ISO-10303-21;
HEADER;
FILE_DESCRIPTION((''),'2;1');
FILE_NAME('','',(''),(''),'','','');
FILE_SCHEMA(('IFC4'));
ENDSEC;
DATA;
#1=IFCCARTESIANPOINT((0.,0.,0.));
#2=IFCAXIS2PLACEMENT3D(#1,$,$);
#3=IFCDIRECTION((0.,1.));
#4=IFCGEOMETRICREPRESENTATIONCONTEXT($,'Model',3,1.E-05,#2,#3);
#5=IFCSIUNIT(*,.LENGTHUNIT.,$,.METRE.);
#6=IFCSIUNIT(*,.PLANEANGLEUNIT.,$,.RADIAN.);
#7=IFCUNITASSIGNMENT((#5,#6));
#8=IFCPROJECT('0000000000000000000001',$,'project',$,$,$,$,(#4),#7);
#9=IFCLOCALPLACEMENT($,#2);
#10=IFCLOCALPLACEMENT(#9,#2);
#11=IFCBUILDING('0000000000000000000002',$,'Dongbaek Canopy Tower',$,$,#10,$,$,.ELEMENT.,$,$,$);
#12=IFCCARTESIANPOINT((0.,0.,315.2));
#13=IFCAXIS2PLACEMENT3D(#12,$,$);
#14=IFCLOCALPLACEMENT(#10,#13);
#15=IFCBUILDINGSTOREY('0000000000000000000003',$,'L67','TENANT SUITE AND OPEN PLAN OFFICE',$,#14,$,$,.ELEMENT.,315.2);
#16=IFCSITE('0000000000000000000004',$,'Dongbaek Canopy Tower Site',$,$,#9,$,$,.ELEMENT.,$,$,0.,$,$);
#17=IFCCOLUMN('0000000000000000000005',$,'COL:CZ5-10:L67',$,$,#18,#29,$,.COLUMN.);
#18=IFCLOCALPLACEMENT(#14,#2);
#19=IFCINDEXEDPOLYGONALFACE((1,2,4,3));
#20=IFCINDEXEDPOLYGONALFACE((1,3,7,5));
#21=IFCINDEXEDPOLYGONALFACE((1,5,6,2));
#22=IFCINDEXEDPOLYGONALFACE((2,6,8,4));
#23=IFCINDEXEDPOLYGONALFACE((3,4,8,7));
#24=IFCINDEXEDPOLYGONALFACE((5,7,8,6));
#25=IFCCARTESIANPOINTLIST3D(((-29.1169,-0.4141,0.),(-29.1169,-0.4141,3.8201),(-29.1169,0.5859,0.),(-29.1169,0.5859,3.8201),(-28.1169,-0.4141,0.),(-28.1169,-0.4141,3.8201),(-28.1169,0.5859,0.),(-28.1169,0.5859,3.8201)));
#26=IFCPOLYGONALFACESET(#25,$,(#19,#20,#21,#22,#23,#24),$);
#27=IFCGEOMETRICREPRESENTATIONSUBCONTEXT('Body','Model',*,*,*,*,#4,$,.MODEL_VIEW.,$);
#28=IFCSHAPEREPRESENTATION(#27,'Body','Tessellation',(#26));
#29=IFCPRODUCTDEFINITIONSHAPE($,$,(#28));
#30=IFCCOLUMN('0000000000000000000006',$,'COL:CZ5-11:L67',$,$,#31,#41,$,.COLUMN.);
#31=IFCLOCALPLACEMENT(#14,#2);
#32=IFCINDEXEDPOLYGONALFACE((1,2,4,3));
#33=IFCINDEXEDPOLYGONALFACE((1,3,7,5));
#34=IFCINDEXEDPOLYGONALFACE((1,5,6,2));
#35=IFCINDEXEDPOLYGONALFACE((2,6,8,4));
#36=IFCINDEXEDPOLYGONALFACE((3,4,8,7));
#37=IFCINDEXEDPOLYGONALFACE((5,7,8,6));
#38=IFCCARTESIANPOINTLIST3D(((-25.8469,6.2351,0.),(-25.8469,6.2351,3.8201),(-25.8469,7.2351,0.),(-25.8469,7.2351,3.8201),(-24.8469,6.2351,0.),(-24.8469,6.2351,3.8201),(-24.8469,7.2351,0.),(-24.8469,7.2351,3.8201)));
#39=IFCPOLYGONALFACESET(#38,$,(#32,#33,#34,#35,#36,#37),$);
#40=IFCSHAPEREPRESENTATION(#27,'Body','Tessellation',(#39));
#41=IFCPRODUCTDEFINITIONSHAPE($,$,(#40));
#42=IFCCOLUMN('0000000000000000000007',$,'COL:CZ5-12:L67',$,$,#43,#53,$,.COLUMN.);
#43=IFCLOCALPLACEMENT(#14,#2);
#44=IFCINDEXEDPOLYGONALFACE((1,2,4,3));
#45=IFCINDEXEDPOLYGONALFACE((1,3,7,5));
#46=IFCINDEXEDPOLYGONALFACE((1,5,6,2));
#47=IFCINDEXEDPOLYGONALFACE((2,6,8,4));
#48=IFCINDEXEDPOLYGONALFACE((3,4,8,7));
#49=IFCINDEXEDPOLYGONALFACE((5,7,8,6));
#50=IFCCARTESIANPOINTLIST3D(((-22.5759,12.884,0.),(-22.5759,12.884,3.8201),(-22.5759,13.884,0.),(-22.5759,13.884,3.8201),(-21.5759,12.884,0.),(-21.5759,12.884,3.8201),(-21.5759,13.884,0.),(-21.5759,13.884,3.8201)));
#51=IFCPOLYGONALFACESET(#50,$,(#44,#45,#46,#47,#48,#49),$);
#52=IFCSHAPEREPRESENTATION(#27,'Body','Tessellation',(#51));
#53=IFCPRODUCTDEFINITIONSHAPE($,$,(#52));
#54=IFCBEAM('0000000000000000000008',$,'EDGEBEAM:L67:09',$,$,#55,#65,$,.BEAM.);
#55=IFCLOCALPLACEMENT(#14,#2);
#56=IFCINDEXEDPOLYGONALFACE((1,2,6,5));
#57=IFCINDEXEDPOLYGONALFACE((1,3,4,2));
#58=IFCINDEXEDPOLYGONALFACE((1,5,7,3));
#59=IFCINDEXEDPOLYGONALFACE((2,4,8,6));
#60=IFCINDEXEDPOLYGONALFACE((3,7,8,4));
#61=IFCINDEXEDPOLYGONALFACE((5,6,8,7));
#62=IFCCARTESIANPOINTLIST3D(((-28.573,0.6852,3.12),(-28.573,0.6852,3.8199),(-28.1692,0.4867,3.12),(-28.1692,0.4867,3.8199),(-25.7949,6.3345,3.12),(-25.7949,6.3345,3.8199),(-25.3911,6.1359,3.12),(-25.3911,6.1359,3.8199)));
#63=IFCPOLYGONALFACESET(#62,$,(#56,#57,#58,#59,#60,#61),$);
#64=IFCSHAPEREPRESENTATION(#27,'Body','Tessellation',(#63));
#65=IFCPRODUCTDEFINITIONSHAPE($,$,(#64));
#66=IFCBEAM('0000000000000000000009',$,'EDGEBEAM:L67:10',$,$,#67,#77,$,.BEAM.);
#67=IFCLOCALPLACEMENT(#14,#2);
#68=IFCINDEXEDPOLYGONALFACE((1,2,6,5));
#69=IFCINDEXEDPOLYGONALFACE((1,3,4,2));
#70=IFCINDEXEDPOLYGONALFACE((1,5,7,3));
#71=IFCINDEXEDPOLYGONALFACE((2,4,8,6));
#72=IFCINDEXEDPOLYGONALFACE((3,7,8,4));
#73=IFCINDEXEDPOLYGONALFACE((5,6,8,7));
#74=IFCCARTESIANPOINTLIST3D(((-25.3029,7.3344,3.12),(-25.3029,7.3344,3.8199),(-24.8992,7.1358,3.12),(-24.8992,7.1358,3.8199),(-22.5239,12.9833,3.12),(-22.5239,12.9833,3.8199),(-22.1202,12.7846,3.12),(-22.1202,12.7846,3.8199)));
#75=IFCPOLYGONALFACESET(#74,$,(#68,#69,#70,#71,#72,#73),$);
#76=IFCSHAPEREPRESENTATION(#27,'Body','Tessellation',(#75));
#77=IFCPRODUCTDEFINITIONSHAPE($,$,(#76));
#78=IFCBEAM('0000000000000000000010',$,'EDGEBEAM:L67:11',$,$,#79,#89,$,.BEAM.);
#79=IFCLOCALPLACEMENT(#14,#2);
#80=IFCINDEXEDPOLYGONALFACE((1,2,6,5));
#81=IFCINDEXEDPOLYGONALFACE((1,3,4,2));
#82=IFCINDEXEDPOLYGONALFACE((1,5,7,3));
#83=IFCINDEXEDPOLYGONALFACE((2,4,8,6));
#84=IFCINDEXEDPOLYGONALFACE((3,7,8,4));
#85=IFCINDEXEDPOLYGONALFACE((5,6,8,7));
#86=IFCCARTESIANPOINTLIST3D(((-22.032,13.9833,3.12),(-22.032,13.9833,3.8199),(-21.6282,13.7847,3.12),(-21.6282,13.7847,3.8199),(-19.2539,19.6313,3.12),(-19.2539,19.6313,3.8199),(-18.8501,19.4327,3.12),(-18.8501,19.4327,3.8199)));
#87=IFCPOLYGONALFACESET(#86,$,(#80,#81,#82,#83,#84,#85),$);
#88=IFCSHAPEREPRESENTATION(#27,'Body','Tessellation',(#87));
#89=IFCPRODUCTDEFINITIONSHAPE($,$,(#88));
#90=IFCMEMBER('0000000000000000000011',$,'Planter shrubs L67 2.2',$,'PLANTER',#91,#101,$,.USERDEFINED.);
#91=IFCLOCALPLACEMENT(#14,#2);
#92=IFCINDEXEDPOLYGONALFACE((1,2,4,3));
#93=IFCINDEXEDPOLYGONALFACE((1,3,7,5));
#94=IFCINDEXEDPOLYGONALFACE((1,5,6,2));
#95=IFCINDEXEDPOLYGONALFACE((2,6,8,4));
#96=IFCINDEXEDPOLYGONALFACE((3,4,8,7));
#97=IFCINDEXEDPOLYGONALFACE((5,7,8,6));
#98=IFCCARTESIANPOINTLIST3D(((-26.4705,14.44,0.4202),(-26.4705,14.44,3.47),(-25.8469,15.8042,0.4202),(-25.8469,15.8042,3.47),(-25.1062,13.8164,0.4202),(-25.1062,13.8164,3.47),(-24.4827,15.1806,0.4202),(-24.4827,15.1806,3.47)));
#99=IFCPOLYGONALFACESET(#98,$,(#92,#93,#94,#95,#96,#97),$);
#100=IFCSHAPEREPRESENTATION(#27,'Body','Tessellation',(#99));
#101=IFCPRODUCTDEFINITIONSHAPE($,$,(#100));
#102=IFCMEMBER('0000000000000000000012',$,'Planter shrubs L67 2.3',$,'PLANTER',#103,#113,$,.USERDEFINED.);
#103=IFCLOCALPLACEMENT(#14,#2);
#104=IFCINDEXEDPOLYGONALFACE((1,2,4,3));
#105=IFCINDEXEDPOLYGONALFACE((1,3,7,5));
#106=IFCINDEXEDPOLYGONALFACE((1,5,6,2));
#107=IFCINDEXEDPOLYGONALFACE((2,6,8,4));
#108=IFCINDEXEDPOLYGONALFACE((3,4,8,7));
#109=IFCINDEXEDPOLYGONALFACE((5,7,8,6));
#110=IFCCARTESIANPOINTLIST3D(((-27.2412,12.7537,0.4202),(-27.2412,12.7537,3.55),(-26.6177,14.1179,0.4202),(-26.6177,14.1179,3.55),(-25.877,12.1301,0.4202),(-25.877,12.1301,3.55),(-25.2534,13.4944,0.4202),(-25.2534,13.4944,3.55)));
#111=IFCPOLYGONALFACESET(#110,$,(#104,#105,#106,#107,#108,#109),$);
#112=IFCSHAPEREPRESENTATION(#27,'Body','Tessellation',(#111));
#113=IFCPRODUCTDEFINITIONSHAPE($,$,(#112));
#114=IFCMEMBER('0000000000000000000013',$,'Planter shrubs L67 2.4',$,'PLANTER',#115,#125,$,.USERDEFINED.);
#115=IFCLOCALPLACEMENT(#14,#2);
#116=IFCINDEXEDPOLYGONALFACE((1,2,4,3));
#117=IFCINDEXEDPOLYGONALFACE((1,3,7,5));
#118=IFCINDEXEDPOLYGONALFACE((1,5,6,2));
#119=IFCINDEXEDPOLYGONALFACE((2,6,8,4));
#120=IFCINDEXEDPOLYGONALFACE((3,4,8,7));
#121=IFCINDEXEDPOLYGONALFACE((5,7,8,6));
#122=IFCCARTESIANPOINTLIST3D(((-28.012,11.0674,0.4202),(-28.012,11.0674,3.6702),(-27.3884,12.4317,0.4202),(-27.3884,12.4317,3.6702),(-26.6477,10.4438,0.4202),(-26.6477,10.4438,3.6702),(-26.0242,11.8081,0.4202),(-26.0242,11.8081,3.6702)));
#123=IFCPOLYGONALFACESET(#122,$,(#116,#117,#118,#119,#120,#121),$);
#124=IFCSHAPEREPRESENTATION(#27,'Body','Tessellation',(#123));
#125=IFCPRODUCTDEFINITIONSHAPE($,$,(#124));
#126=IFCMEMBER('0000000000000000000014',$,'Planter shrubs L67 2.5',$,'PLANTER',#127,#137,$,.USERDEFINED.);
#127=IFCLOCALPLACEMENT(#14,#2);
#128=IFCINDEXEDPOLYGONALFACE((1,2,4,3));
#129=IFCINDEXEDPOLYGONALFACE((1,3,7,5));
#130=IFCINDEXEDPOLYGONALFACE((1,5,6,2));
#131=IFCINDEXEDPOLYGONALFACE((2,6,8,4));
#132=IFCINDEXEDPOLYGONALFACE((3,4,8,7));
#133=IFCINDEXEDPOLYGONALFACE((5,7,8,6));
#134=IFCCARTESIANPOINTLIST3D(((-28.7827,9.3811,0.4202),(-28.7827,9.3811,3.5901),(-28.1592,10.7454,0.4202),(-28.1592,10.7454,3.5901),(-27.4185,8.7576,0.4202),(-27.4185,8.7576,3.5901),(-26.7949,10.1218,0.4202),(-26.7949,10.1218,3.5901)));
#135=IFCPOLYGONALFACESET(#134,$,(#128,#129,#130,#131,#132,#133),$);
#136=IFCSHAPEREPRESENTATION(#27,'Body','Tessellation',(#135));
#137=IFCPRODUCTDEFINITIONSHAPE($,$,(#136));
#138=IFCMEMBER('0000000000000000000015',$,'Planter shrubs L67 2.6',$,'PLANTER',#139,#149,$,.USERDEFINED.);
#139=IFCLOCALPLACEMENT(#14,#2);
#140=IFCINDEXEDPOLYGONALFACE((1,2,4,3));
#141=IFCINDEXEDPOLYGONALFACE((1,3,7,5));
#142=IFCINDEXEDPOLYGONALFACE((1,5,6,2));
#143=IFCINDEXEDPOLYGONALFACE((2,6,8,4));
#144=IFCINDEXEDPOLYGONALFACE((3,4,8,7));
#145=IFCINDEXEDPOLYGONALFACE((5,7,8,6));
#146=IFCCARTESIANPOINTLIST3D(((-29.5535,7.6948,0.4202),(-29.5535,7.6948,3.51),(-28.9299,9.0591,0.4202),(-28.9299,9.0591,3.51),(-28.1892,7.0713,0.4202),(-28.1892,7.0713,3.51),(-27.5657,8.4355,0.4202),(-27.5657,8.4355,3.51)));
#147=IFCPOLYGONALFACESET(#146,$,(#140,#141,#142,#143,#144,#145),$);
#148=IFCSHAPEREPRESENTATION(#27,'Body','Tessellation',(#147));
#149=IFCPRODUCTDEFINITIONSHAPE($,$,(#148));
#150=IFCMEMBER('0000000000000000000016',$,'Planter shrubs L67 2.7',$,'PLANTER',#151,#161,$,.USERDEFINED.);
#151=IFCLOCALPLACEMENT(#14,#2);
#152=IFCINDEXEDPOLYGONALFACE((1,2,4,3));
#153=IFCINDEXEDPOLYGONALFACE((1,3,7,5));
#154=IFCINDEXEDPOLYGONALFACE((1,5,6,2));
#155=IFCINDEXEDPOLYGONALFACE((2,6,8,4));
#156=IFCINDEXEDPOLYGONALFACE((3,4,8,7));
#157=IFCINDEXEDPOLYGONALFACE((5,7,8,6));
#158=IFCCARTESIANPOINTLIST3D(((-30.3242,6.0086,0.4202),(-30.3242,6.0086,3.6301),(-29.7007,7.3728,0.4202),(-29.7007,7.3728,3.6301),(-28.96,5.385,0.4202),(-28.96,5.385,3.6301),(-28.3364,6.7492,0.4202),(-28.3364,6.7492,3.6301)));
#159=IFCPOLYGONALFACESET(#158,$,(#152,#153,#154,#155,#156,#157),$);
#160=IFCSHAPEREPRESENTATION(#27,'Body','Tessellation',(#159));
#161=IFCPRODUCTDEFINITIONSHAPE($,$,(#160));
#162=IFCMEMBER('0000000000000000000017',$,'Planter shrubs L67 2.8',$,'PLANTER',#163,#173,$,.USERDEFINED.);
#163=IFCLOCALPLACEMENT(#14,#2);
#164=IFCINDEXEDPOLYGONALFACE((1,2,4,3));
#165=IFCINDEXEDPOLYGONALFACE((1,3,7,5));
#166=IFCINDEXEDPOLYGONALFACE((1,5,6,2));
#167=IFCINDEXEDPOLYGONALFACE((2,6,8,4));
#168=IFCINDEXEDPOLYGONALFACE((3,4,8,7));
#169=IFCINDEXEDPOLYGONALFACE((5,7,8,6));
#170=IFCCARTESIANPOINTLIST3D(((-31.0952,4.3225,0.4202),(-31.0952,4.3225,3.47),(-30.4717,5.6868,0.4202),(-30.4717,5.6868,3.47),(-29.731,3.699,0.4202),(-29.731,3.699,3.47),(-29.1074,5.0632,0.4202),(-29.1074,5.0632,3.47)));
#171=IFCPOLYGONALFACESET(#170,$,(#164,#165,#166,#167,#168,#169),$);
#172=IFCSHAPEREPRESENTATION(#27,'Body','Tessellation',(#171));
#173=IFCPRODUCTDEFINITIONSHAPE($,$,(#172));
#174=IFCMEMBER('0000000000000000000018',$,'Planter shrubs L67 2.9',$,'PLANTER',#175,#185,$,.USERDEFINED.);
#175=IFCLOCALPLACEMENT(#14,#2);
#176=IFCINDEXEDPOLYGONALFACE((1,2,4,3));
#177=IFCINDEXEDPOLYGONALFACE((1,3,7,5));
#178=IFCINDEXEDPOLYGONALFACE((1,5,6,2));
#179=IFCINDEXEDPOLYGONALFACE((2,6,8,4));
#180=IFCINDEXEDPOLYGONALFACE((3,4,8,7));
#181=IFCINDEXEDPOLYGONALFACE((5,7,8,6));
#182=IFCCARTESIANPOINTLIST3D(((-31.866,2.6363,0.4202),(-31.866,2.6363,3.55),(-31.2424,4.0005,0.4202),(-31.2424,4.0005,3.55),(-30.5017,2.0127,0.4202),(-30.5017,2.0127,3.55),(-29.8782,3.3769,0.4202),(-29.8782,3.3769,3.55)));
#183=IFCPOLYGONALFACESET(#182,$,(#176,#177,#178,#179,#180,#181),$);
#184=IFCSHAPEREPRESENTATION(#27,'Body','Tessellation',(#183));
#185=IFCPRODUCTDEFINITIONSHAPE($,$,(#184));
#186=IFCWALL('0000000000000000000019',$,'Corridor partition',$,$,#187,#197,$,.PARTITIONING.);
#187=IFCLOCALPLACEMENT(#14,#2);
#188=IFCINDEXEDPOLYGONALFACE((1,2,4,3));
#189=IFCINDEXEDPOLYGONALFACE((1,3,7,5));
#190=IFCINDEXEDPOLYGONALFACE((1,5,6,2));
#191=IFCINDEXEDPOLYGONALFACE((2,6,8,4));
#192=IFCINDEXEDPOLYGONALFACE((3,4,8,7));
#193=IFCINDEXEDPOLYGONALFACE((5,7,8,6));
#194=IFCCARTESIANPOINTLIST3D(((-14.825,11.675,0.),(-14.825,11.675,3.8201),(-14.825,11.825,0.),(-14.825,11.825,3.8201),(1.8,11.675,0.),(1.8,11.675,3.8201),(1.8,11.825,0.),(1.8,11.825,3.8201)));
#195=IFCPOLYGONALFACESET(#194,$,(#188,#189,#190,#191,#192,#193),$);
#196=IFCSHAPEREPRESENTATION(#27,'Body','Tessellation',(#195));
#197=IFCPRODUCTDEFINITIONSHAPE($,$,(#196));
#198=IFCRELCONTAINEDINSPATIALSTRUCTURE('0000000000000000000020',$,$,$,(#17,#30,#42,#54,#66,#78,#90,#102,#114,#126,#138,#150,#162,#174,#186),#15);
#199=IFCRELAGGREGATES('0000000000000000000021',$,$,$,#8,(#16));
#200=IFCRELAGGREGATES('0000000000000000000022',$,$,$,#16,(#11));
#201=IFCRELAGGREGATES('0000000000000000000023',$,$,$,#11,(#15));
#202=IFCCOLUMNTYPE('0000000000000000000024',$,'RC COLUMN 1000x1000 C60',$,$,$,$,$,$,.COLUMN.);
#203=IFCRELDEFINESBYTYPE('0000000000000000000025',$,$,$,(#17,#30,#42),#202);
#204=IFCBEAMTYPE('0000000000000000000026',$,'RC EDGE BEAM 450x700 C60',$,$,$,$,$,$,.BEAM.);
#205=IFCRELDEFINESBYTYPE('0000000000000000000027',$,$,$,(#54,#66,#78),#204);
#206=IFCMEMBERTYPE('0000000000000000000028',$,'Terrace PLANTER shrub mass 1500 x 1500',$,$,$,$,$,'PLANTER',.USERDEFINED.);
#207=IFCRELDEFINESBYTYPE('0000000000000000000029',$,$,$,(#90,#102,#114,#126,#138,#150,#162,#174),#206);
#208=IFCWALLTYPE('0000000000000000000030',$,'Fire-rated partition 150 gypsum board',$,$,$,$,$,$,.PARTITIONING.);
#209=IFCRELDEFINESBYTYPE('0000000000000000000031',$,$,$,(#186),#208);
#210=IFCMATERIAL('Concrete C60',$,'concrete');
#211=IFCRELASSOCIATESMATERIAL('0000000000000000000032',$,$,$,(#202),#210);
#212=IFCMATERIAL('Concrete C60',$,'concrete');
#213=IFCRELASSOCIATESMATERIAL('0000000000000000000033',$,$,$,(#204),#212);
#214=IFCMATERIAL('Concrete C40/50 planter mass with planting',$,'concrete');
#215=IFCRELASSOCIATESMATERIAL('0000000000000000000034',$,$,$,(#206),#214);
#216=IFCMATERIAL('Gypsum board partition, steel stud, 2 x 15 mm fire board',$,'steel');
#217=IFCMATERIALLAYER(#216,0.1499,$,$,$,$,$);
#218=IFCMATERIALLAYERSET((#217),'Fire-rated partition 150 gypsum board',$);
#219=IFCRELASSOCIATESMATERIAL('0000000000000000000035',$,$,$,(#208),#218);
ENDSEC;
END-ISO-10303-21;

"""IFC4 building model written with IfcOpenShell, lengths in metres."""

from ifc_helpers import new_model, si_unit, direction, frame, frame_2d, origin, origin_2d, place, context, subcontext, project, spatial, rectangle, extrude, material, layer, layer_set, material_profile, profile_set, type_object, element, save


model = new_model("IFC4")

# Units and contexts
model_context = context("Model", 3, precision=1e-05, world=origin(), true_north=direction((0.0, 1.0)))
body_context = subcontext(model_context, "Body", "Model", "MODEL_VIEW")
ifc_project = project(units=[si_unit("LENGTHUNIT", "METRE"), si_unit("PLANEANGLEUNIT", "RADIAN")], contexts=[model_context])

# Site, building, storey
site_placement = place(None, origin())
site = spatial("IfcSite", under=ifc_project, at=site_placement, Name="Dongbaek Canopy Tower Site", CompositionType="ELEMENT", RefElevation=0.0)
building_placement = place(site_placement, origin())
building = spatial("IfcBuilding", under=site, at=building_placement, Name="Dongbaek Canopy Tower", CompositionType="ELEMENT")
storey_placement = place(building_placement, frame((0.0, 0.0, 315.2)))
storey = spatial("IfcBuildingStorey", under=building, at=storey_placement, Name="L67", Description="TENANT SUITE AND OPEN PLAN OFFICE", CompositionType="ELEMENT", Elevation=315.2)

# Columns
ifc_material_1 = material(Name="Concrete C60", Category="concrete")
ifc_material_profile_1 = material_profile(ifc_material_1, rectangle(XDim=1.0, YDim=1.0, at=origin_2d()), Name="RC COLUMN 1000x1000 C60")
ifc_profile_set_1 = profile_set([ifc_material_profile_1], Name="Concrete C60")
column_type = type_object("IfcColumnType", Name="RC COLUMN 1000x1000 C60", PredefinedType="COLUMN", material=ifc_profile_set_1)
for number, where, z_axis, x_axis, name in (
    (1, (-28.6169, 0.0859, 0.0), (0.0, 0.0, 1.0), (1.0, 0.0, 0.0), "COL:CZ5-10:L67"),
    (2, (-25.3469, 6.7351, 0.0), (0.0, 0.0, 1.0), (1.0, 0.0, 0.0), "COL:CZ5-11:L67"),
    (3, (-22.0759, 13.384, 0.0), (0.0, 0.0, 1.0), (1.0, 0.0, 0.0), "COL:CZ5-12:L67"),
):
    element("IfcColumn", number, at=place(storey_placement, frame(where, z_axis=z_axis, x_axis=x_axis)), inside=storey, type_object=column_type, Name=name, PredefinedType="COLUMN", context=body_context, shape_type="SweptSolid", body=[
        extrude(rectangle(XDim=1.0, YDim=1.0, at=origin_2d()), origin(), (0.0, 0.0, 1.0), 3.8201),
    ])

# Beams
ifc_material_2 = material(Name="Concrete C60", Category="concrete")
ifc_material_profile_2 = material_profile(ifc_material_2, rectangle(XDim=0.45, YDim=0.7, at=origin_2d()), Name="RC EDGE BEAM 450x700 C60")
ifc_profile_set_2 = profile_set([ifc_material_profile_2], Name="Concrete C60")
beam_type = type_object("IfcBeamType", Name="RC EDGE BEAM 450x700 C60", PredefinedType="BEAM", material=ifc_profile_set_2)
for number, where, z_axis, x_axis, name in (
    (4, (-28.3711, 0.5859, 3.47), (0.441294, 0.897363, 0.0), (-0.897363, 0.441294, 0.0), "EDGEBEAM:L67:09"),
    (5, (-25.1011, 7.2351, 3.47), (0.441434, 0.897294, 0.0), (-0.897294, 0.441434, 0.0), "EDGEBEAM:L67:10"),
):
    element("IfcBeam", number, at=place(storey_placement, frame(where, z_axis=z_axis, x_axis=x_axis)), inside=storey, type_object=beam_type, Name=name, PredefinedType="BEAM", context=body_context, shape_type="SweptSolid", body=[
        extrude(rectangle(XDim=0.45, YDim=0.7, at=origin_2d()), origin(), (0.0, 0.0, 1.0), 6.2954),
    ])
beam_placement = place(storey_placement, frame((-21.8301, 13.884, 3.47), z_axis=(0.44137, 0.897325, 0.0), x_axis=(-0.897325, 0.44137, 0.0)))
element("IfcBeam", 6, at=beam_placement, inside=storey, type_object=beam_type, Name="EDGEBEAM:L67:11", PredefinedType="BEAM", context=body_context, shape_type="SweptSolid", body=[
    extrude(rectangle(XDim=0.45, YDim=0.7, at=origin_2d()), origin(), (0.0, 0.0, 1.0), 6.2942),
])

# Members
ifc_material_3 = material(Name="Concrete C40/50 planter mass with planting", Category="concrete")
ifc_material_profile_3 = material_profile(ifc_material_3, rectangle(XDim=1.5, YDim=1.5, at=origin_2d()), Name="Terrace PLANTER shrub mass 1500 x 1500")
ifc_profile_set_3 = profile_set([ifc_material_profile_3], Name="Concrete C40/50 planter mass with planting")
member_type = type_object("IfcMemberType", Name="Terrace PLANTER shrub mass 1500 x 1500", ElementType="PLANTER", PredefinedType="USERDEFINED", material=ifc_profile_set_3)
member_1_placement = place(storey_placement, frame((-25.4766, 14.8103, 0.4202), z_axis=(0.0, 0.0, 1.0), x_axis=(-0.909496, 0.415713, 0.0)))
element("IfcMember", 7, at=member_1_placement, inside=storey, type_object=member_type, Name="Planter shrubs L67 2.2", ObjectType="PLANTER", PredefinedType="USERDEFINED", context=body_context, shape_type="SweptSolid", body=[
    extrude(rectangle(XDim=1.5, YDim=1.5, at=origin_2d()), origin(), (0.0, 0.0, 1.0), 3.0498),
])
member_2_placement = place(storey_placement, frame((-26.2473, 13.124, 0.4202), z_axis=(0.0, 0.0, 1.0), x_axis=(-0.909496, 0.415713, 0.0)))
element("IfcMember", 8, at=member_2_placement, inside=storey, type_object=member_type, Name="Planter shrubs L67 2.3", ObjectType="PLANTER", PredefinedType="USERDEFINED", context=body_context, shape_type="SweptSolid", body=[
    extrude(rectangle(XDim=1.5, YDim=1.5, at=origin_2d()), origin(), (0.0, 0.0, 1.0), 3.1299),
])
member_3_placement = place(storey_placement, frame((-27.0181, 11.4377, 0.4202), z_axis=(0.0, 0.0, 1.0), x_axis=(-0.909496, 0.415713, 0.0)))
element("IfcMember", 9, at=member_3_placement, inside=storey, type_object=member_type, Name="Planter shrubs L67 2.4", ObjectType="PLANTER", PredefinedType="USERDEFINED", context=body_context, shape_type="SweptSolid", body=[
    extrude(rectangle(XDim=1.5, YDim=1.5, at=origin_2d()), origin(), (0.0, 0.0, 1.0), 3.25),
])
member_4_placement = place(storey_placement, frame((-27.7888, 9.7515, 0.4202), z_axis=(0.0, 0.0, 1.0), x_axis=(-0.909496, 0.415713, 0.0)))
element("IfcMember", 10, at=member_4_placement, inside=storey, type_object=member_type, Name="Planter shrubs L67 2.5", ObjectType="PLANTER", PredefinedType="USERDEFINED", context=body_context, shape_type="SweptSolid", body=[
    extrude(rectangle(XDim=1.5, YDim=1.5, at=origin_2d()), origin(), (0.0, 0.0, 1.0), 3.1699),
])
member_5_placement = place(storey_placement, frame((-28.5596, 8.0652, 0.4202), z_axis=(0.0, 0.0, 1.0), x_axis=(-0.909496, 0.415713, 0.0)))
element("IfcMember", 11, at=member_5_placement, inside=storey, type_object=member_type, Name="Planter shrubs L67 2.6", ObjectType="PLANTER", PredefinedType="USERDEFINED", context=body_context, shape_type="SweptSolid", body=[
    extrude(rectangle(XDim=1.5, YDim=1.5, at=origin_2d()), origin(), (0.0, 0.0, 1.0), 3.0898),
])
member_6_placement = place(storey_placement, frame((-29.3303, 6.3789, 0.4202), z_axis=(0.0, 0.0, 1.0), x_axis=(-0.909496, 0.415713, 0.0)))
element("IfcMember", 12, at=member_6_placement, inside=storey, type_object=member_type, Name="Planter shrubs L67 2.7", ObjectType="PLANTER", PredefinedType="USERDEFINED", context=body_context, shape_type="SweptSolid", body=[
    extrude(rectangle(XDim=1.5, YDim=1.5, at=origin_2d()), origin(), (0.0, 0.0, 1.0), 3.21),
])
member_7_placement = place(storey_placement, frame((-30.1013, 4.6929, 0.4202), z_axis=(0.0, 0.0, 1.0), x_axis=(-0.909496, 0.415713, 0.0)))
element("IfcMember", 13, at=member_7_placement, inside=storey, type_object=member_type, Name="Planter shrubs L67 2.8", ObjectType="PLANTER", PredefinedType="USERDEFINED", context=body_context, shape_type="SweptSolid", body=[
    extrude(rectangle(XDim=1.5, YDim=1.5, at=origin_2d()), origin(), (0.0, 0.0, 1.0), 3.0498),
])
member_8_placement = place(storey_placement, frame((-30.8721, 3.0066, 0.4202), z_axis=(0.0, 0.0, 1.0), x_axis=(-0.909496, 0.415713, 0.0)))
element("IfcMember", 14, at=member_8_placement, inside=storey, type_object=member_type, Name="Planter shrubs L67 2.9", ObjectType="PLANTER", PredefinedType="USERDEFINED", context=body_context, shape_type="SweptSolid", body=[
    extrude(rectangle(XDim=1.5, YDim=1.5, at=origin_2d()), origin(), (0.0, 0.0, 1.0), 3.1299),
])

# Wall
ifc_material_4 = material(Name="Gypsum board partition, steel stud, 2 x 15 mm fire board", Category="steel")
ifc_layer_1 = layer(ifc_material_4, 0.1499)
ifc_layer_set_1 = layer_set([ifc_layer_1], Name="Fire-rated partition 150 gypsum board")
wall_type_1 = type_object("IfcWallType", Name="Fire-rated partition 150 gypsum board", PredefinedType="PARTITIONING", material=ifc_layer_set_1)
wall_1_placement = place(storey_placement, frame((-14.825, 11.75, 0.0), z_axis=(0.0, 0.0, 1.0), x_axis=(1.0, 0.0, 0.0)))
element("IfcWall", 15, at=wall_1_placement, inside=storey, type_object=wall_type_1, Name="Corridor partition", PredefinedType="PARTITIONING", context=body_context, shape_type="SweptSolid", body=[
    extrude(rectangle(XDim=16.625, YDim=0.1499, at=frame_2d((8.3125, 0.0))), origin(), (0.0, 0.0, 1.0), 3.8201),
])

save(model, "model.ifc")
